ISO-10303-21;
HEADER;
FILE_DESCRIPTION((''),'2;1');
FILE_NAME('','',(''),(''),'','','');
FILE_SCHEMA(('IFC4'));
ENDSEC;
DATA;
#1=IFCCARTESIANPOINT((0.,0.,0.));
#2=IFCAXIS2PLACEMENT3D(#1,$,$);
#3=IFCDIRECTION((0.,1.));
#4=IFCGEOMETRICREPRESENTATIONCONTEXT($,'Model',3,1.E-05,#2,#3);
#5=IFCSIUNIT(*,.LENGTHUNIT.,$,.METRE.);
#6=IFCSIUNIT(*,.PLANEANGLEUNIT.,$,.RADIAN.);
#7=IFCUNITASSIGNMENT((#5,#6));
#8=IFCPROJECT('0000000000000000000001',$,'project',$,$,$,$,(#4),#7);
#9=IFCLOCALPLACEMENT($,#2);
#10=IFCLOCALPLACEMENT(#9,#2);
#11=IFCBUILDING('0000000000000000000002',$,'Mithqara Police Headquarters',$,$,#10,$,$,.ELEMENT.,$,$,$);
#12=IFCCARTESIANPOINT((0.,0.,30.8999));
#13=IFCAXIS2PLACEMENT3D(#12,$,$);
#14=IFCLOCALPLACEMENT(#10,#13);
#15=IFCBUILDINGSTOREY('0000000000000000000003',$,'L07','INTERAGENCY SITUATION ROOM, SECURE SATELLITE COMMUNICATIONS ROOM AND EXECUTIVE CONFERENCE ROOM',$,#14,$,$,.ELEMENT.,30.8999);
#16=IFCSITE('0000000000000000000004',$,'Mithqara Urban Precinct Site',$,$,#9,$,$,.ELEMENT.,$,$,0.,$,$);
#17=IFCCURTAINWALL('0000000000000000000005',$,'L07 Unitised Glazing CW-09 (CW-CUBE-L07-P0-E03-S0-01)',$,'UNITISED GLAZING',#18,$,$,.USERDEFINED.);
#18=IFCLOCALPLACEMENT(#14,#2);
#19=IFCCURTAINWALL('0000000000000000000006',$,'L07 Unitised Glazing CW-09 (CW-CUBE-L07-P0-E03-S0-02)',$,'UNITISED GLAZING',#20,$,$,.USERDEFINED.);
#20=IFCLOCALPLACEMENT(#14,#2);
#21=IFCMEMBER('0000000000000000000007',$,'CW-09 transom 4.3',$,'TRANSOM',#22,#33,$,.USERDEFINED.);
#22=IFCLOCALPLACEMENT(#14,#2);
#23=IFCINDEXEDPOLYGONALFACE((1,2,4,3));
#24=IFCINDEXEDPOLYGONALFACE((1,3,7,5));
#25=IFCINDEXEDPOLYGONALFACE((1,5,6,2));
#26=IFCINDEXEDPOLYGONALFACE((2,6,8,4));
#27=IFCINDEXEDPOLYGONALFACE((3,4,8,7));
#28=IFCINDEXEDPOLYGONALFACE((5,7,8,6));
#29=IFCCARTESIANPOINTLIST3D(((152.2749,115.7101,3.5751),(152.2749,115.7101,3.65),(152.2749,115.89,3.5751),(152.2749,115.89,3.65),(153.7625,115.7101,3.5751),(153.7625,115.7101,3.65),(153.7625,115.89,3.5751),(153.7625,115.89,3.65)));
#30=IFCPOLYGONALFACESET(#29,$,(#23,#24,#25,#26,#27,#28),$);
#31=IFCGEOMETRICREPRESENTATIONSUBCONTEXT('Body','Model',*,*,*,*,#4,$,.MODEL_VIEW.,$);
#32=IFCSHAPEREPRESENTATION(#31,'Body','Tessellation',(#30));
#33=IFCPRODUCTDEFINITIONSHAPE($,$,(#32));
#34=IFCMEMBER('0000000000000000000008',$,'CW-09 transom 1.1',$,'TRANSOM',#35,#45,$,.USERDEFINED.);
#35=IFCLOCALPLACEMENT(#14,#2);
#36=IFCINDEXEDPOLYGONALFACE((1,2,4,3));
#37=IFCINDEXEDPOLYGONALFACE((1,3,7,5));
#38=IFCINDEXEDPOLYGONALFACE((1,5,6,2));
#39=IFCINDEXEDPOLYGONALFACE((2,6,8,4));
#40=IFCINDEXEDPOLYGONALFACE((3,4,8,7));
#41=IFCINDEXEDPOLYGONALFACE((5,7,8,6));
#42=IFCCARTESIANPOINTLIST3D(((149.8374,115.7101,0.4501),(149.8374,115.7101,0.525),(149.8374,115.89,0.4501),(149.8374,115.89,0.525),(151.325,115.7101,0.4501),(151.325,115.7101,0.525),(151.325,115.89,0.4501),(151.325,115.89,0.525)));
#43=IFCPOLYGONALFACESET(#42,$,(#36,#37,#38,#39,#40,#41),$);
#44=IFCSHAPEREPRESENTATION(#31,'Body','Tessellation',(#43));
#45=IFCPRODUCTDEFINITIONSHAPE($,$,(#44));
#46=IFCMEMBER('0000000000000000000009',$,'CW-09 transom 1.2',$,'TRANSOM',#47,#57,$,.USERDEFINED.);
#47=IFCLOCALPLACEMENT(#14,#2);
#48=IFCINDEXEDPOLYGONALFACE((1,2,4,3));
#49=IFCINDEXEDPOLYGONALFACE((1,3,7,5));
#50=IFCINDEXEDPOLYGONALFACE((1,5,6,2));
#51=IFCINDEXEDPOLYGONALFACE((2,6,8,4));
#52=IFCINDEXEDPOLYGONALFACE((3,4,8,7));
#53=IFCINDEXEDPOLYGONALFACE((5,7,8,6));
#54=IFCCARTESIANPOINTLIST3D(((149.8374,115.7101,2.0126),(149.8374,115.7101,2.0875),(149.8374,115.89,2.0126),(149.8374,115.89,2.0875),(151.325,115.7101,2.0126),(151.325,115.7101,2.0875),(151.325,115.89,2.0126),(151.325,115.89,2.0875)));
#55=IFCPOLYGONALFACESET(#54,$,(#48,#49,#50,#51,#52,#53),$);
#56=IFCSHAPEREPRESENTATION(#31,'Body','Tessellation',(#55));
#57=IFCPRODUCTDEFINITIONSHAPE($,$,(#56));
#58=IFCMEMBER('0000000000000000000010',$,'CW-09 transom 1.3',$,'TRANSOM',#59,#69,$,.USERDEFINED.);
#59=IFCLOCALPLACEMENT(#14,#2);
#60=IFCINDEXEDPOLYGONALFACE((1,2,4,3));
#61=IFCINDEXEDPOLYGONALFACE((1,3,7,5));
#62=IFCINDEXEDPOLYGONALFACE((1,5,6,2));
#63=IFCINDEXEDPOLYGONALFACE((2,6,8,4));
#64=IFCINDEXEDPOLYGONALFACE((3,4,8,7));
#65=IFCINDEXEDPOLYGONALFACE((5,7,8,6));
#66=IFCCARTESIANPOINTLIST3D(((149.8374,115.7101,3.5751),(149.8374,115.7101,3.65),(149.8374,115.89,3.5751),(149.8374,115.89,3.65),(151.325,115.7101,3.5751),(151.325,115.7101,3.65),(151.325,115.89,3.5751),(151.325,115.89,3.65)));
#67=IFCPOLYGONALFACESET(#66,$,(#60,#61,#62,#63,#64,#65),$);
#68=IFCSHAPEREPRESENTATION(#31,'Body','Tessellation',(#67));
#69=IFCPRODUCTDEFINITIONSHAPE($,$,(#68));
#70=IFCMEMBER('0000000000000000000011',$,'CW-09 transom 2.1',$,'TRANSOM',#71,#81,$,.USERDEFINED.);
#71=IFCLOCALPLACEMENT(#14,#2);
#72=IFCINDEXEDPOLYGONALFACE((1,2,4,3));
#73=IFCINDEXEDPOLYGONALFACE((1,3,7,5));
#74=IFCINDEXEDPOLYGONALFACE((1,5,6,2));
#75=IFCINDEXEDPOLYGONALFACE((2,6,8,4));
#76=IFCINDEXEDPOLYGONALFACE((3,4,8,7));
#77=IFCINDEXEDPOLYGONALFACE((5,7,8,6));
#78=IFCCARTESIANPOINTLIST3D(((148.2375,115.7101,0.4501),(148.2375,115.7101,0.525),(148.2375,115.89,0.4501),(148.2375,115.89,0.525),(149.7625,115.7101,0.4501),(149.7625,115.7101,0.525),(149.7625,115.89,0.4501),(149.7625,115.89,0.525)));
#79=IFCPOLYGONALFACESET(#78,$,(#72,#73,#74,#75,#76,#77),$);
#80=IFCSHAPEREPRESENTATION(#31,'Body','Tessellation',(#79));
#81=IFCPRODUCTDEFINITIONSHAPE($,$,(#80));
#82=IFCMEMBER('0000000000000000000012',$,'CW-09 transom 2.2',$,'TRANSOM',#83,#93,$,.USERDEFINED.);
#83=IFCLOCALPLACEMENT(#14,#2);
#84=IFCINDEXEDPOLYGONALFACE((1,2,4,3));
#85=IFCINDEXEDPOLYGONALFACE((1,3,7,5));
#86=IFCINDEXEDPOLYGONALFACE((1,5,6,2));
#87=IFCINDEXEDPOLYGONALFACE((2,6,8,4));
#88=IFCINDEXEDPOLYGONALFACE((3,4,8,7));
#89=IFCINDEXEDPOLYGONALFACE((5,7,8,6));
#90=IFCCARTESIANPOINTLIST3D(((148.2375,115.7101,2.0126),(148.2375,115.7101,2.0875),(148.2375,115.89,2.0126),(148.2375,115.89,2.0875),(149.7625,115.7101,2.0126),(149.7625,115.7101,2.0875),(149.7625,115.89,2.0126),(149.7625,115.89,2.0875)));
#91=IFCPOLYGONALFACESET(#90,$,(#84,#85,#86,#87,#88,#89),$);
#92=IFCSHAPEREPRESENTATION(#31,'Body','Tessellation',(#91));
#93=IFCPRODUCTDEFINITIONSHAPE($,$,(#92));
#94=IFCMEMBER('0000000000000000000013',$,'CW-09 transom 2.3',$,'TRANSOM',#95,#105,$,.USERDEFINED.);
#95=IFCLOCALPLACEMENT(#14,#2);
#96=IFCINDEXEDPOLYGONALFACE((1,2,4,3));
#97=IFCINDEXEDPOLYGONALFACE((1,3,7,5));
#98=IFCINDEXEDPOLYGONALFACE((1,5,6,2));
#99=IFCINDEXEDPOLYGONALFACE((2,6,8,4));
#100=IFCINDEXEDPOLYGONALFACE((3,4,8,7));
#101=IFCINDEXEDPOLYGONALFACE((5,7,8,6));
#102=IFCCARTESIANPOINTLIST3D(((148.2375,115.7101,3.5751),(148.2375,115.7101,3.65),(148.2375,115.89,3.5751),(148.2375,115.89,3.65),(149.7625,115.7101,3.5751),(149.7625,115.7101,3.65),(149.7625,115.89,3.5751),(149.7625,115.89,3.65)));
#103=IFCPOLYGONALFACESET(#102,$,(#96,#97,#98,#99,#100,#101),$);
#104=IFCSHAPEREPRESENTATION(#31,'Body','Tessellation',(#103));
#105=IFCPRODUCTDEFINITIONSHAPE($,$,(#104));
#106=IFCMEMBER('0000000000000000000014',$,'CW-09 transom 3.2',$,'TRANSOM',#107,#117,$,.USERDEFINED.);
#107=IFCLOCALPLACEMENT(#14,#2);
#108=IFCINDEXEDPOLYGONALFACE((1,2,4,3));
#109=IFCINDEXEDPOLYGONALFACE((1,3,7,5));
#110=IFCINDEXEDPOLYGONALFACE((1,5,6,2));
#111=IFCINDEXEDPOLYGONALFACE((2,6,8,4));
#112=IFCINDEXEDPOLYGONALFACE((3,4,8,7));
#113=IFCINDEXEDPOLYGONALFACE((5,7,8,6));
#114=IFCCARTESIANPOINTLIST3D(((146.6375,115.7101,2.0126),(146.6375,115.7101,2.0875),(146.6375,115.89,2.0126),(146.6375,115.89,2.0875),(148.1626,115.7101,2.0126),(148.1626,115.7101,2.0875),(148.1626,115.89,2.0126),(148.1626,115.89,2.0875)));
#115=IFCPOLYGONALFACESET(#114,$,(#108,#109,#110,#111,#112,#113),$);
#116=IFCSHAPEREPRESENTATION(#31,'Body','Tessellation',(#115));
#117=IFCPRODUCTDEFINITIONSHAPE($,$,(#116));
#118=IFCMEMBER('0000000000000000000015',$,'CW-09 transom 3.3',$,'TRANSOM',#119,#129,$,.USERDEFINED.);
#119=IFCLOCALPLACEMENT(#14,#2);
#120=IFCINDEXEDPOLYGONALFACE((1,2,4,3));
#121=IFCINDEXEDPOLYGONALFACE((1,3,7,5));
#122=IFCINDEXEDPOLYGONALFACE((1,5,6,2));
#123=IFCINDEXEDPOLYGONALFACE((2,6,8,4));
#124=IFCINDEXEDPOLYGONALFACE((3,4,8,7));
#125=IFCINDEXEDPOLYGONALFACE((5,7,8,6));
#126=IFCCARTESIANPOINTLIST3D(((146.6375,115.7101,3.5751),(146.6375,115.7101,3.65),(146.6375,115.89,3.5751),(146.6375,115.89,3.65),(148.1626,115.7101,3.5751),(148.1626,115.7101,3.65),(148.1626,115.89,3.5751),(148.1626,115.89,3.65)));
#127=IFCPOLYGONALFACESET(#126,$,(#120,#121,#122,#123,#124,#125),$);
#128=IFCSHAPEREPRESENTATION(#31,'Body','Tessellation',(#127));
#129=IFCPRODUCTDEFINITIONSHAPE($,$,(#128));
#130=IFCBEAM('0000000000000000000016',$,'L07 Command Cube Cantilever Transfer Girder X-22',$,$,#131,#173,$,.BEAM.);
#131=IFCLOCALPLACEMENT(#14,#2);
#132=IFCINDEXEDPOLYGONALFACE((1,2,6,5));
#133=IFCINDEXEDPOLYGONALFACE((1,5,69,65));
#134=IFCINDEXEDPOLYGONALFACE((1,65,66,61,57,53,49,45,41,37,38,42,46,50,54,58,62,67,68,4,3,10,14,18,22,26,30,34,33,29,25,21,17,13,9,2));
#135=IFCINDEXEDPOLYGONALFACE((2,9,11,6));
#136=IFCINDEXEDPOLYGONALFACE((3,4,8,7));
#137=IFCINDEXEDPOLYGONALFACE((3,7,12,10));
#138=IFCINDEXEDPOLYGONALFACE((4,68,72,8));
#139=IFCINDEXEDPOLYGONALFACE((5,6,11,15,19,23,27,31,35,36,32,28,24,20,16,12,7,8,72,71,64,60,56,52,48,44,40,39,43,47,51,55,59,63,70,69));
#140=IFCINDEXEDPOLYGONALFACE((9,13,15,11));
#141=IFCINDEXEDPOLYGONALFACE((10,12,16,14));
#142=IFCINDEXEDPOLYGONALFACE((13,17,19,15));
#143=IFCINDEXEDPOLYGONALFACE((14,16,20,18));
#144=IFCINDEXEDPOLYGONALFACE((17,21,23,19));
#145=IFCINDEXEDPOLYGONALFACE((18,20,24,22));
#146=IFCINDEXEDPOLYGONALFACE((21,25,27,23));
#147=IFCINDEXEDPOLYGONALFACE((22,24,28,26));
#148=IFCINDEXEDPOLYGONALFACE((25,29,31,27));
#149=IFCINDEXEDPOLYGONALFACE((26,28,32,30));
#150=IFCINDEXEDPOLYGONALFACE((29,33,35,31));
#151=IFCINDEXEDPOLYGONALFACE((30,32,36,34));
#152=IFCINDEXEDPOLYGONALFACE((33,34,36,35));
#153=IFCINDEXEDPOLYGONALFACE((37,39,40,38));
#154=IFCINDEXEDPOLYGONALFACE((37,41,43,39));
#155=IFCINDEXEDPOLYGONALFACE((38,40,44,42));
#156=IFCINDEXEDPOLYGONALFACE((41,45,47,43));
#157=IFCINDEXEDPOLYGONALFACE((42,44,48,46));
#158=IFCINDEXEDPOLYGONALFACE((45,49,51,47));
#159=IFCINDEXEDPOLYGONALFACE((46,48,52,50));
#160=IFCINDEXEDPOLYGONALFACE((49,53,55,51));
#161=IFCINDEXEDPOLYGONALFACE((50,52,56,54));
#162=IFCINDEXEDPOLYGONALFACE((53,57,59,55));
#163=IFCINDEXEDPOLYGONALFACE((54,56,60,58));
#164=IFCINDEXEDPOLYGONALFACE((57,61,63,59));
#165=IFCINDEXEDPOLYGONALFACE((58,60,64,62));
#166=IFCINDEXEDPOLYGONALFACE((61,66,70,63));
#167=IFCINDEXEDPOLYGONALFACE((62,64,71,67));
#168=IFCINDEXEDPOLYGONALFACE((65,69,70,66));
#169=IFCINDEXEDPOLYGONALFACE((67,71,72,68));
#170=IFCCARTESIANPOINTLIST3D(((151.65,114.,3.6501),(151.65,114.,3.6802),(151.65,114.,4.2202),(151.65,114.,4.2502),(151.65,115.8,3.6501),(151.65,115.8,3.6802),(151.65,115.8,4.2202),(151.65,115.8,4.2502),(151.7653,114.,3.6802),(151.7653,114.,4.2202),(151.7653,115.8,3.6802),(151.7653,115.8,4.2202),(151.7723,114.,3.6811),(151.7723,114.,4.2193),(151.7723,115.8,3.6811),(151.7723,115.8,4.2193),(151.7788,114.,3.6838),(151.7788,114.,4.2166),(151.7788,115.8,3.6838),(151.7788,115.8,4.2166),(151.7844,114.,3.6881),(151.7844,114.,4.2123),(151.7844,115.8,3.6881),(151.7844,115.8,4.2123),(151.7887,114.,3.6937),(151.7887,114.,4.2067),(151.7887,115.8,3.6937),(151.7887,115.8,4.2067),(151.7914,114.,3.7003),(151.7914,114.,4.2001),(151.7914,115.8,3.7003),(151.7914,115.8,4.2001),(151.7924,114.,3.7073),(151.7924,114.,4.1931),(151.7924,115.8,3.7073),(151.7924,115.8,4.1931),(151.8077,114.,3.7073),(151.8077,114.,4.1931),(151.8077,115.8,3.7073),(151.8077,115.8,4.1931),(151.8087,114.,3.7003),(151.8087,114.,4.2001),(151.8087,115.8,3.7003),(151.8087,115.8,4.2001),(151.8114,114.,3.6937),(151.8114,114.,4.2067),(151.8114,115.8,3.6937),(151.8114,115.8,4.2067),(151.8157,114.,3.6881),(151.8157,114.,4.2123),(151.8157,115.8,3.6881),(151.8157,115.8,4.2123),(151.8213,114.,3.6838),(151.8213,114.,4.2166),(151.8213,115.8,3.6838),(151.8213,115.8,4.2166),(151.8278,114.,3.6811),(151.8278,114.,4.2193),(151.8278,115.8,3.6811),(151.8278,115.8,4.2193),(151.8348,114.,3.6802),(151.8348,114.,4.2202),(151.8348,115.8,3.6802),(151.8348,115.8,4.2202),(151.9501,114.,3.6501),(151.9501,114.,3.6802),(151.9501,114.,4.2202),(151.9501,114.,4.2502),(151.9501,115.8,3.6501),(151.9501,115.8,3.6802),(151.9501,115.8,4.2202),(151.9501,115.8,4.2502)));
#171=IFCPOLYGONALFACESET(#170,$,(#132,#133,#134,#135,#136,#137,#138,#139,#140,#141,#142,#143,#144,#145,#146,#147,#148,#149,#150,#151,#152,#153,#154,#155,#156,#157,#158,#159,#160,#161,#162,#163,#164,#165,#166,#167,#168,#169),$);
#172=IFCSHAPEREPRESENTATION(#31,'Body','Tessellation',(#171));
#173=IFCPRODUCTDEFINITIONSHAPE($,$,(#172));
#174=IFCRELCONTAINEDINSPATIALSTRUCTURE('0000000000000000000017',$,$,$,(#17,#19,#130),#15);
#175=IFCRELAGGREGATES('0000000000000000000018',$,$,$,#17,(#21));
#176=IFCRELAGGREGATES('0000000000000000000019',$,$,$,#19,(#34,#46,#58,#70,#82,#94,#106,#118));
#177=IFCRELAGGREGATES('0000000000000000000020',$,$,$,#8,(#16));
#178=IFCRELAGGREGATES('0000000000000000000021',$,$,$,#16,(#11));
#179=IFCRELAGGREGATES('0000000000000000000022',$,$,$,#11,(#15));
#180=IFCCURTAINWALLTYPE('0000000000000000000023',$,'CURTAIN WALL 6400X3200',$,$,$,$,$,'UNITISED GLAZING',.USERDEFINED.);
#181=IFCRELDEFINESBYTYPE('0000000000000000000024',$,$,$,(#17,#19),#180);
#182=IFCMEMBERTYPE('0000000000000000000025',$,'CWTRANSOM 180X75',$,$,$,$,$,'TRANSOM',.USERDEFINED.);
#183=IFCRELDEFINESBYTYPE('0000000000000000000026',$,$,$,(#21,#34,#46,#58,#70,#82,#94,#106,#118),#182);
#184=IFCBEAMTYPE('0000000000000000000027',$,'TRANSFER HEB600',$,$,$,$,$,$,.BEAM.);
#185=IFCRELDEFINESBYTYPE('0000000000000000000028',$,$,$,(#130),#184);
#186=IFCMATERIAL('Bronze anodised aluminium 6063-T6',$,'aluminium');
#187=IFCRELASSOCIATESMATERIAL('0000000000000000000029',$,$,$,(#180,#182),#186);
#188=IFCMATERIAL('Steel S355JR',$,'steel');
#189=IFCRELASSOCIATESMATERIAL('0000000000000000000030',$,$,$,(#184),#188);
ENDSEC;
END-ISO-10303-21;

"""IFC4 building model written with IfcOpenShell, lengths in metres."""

from ifc_helpers import new_model, si_unit, direction, frame, origin, origin_2d, place, context, subcontext, project, spatial, rectangle, i_section, extrude, material, material_profile, profile_set, type_object, element, aggregate, save


model = new_model("IFC4")

# Units and contexts
model_context = context("Model", 3, precision=1e-05, world=origin(), true_north=direction((0.0, 1.0)))
body_context = subcontext(model_context, "Body", "Model", "MODEL_VIEW")
ifc_project = project(units=[si_unit("LENGTHUNIT", "METRE"), si_unit("PLANEANGLEUNIT", "RADIAN")], contexts=[model_context])

# Site, building, storey
site_placement = place(None, origin())
site = spatial("IfcSite", under=ifc_project, at=site_placement, Name="Mithqara Urban Precinct Site", CompositionType="ELEMENT", RefElevation=0.0)
building_placement = place(site_placement, origin())
building = spatial("IfcBuilding", under=site, at=building_placement, Name="Mithqara Police Headquarters", CompositionType="ELEMENT")
storey_placement = place(building_placement, frame((0.0, 0.0, 30.8999)))
storey = spatial("IfcBuildingStorey", under=building, at=storey_placement, Name="L07", Description="INTERAGENCY SITUATION ROOM, SECURE SATELLITE COMMUNICATIONS ROOM AND EXECUTIVE CONFERENCE ROOM", CompositionType="ELEMENT", Elevation=30.8999)

# Shared definitions
ifc_material_1 = material(Name="Steel S355JR", Category="steel")

# Curtain walls
ifc_material_2 = material(Name="Bronze anodised aluminium 6063-T6", Category="aluminium")
curtain_wall_type = type_object("IfcCurtainWallType", Name="CURTAIN WALL 6400X3200", ElementType="UNITISED GLAZING", PredefinedType="USERDEFINED", material=ifc_material_2)
curtain_wall_1_placement = place(storey_placement, origin())
curtain_wall_1 = element("IfcCurtainWall", 1, at=curtain_wall_1_placement, inside=storey, type_object=curtain_wall_type, Name="L07 Unitised Glazing CW-09 (CW-CUBE-L07-P0-E03-S0-01)", ObjectType="UNITISED GLAZING", PredefinedType="USERDEFINED")
curtain_wall_2_placement = place(storey_placement, origin())
curtain_wall_2 = element("IfcCurtainWall", 2, at=curtain_wall_2_placement, inside=storey, type_object=curtain_wall_type, Name="L07 Unitised Glazing CW-09 (CW-CUBE-L07-P0-E03-S0-02)", ObjectType="UNITISED GLAZING", PredefinedType="USERDEFINED")

# Members
ifc_material_profile_1 = material_profile(ifc_material_2, rectangle(XDim=0.1799, YDim=0.075, at=origin_2d()), Name="CWT 180x75")
ifc_profile_set_1 = profile_set([ifc_material_profile_1], Name="Bronze anodised aluminium 6063-T6")
member_type_1 = type_object("IfcMemberType", Name="CWTRANSOM 180X75", ElementType="TRANSOM", PredefinedType="USERDEFINED", material=ifc_profile_set_1)
member_1_placement = place(storey_placement, frame((153.7625, 115.8, 3.6125), z_axis=(-1.0, 0.0, 0.0), x_axis=(0.0, -1.0, 0.0)))
member_1 = element("IfcMember", 3, at=member_1_placement, type_object=member_type_1, Name="CW-09 transom 4.3", ObjectType="TRANSOM", PredefinedType="USERDEFINED", context=body_context, shape_type="SweptSolid", body=[
    extrude(rectangle(XDim=0.1799, YDim=0.075, at=origin_2d()), origin(), (0.0, 0.0, 1.0), 1.4875),
])
member_2_placement = place(storey_placement, frame((151.325, 115.8, 0.4875), z_axis=(-1.0, 0.0, 0.0), x_axis=(0.0, -1.0, 0.0)))
member_2 = element("IfcMember", 4, at=member_2_placement, type_object=member_type_1, Name="CW-09 transom 1.1", ObjectType="TRANSOM", PredefinedType="USERDEFINED", context=body_context, shape_type="SweptSolid", body=[
    extrude(rectangle(XDim=0.1799, YDim=0.075, at=origin_2d()), origin(), (0.0, 0.0, 1.0), 1.4875),
])
member_3_placement = place(storey_placement, frame((151.325, 115.8, 2.05), z_axis=(-1.0, 0.0, 0.0), x_axis=(0.0, -1.0, 0.0)))
member_3 = element("IfcMember", 5, at=member_3_placement, type_object=member_type_1, Name="CW-09 transom 1.2", ObjectType="TRANSOM", PredefinedType="USERDEFINED", context=body_context, shape_type="SweptSolid", body=[
    extrude(rectangle(XDim=0.1799, YDim=0.075, at=origin_2d()), origin(), (0.0, 0.0, 1.0), 1.4875),
])
member_4_placement = place(storey_placement, frame((151.325, 115.8, 3.6125), z_axis=(-1.0, 0.0, 0.0), x_axis=(0.0, -1.0, 0.0)))
member_4 = element("IfcMember", 6, at=member_4_placement, type_object=member_type_1, Name="CW-09 transom 1.3", ObjectType="TRANSOM", PredefinedType="USERDEFINED", context=body_context, shape_type="SweptSolid", body=[
    extrude(rectangle(XDim=0.1799, YDim=0.075, at=origin_2d()), origin(), (0.0, 0.0, 1.0), 1.4875),
])
member_5_placement = place(storey_placement, frame((149.7625, 115.8, 0.4875), z_axis=(-1.0, 0.0, 0.0), x_axis=(0.0, -1.0, 0.0)))
member_5 = element("IfcMember", 7, at=member_5_placement, type_object=member_type_1, Name="CW-09 transom 2.1", ObjectType="TRANSOM", PredefinedType="USERDEFINED", context=body_context, shape_type="SweptSolid", body=[
    extrude(rectangle(XDim=0.1799, YDim=0.075, at=origin_2d()), origin(), (0.0, 0.0, 1.0), 1.5249),
])
member_6_placement = place(storey_placement, frame((149.7625, 115.8, 2.05), z_axis=(-1.0, 0.0, 0.0), x_axis=(0.0, -1.0, 0.0)))
member_6 = element("IfcMember", 8, at=member_6_placement, type_object=member_type_1, Name="CW-09 transom 2.2", ObjectType="TRANSOM", PredefinedType="USERDEFINED", context=body_context, shape_type="SweptSolid", body=[
    extrude(rectangle(XDim=0.1799, YDim=0.075, at=origin_2d()), origin(), (0.0, 0.0, 1.0), 1.5249),
])
member_7_placement = place(storey_placement, frame((149.7625, 115.8, 3.6125), z_axis=(-1.0, 0.0, 0.0), x_axis=(0.0, -1.0, 0.0)))
member_7 = element("IfcMember", 9, at=member_7_placement, type_object=member_type_1, Name="CW-09 transom 2.3", ObjectType="TRANSOM", PredefinedType="USERDEFINED", context=body_context, shape_type="SweptSolid", body=[
    extrude(rectangle(XDim=0.1799, YDim=0.075, at=origin_2d()), origin(), (0.0, 0.0, 1.0), 1.5249),
])
member_8_placement = place(storey_placement, frame((148.1626, 115.8, 2.05), z_axis=(-1.0, 0.0, 0.0), x_axis=(0.0, -1.0, 0.0)))
member_8 = element("IfcMember", 10, at=member_8_placement, type_object=member_type_1, Name="CW-09 transom 3.2", ObjectType="TRANSOM", PredefinedType="USERDEFINED", context=body_context, shape_type="SweptSolid", body=[
    extrude(rectangle(XDim=0.1799, YDim=0.075, at=origin_2d()), origin(), (0.0, 0.0, 1.0), 1.5251),
])
member_9_placement = place(storey_placement, frame((148.1626, 115.8, 3.6125), z_axis=(-1.0, 0.0, 0.0), x_axis=(0.0, -1.0, 0.0)))
member_9 = element("IfcMember", 11, at=member_9_placement, type_object=member_type_1, Name="CW-09 transom 3.3", ObjectType="TRANSOM", PredefinedType="USERDEFINED", context=body_context, shape_type="SweptSolid", body=[
    extrude(rectangle(XDim=0.1799, YDim=0.075, at=origin_2d()), origin(), (0.0, 0.0, 1.0), 1.5251),
])

# Beam
ifc_material_profile_2 = material_profile(ifc_material_1, i_section(OverallWidth=0.3, OverallDepth=0.6001, WebThickness=0.0154, FlangeThickness=0.03, FilletRadius=0.0271, at=origin_2d()), Name="HEB 600")
ifc_profile_set_2 = profile_set([ifc_material_profile_2], Name="Steel S355JR")
beam_type = type_object("IfcBeamType", Name="TRANSFER HEB600", PredefinedType="BEAM", material=ifc_profile_set_2)
beam_1_placement = place(storey_placement, frame((151.8, 114.0, 3.9502), z_axis=(0.0, 1.0, 0.0), x_axis=(-1.0, 0.0, 0.0)))
element("IfcBeam", 12, at=beam_1_placement, inside=storey, type_object=beam_type, Name="L07 Command Cube Cantilever Transfer Girder X-22", PredefinedType="BEAM", context=body_context, shape_type="SweptSolid", body=[
    extrude(i_section(OverallWidth=0.3, OverallDepth=0.6001, WebThickness=0.0154, FlangeThickness=0.03, FilletRadius=0.0271, at=origin_2d()), origin(), (0.0, 0.0, 1.0), 1.8),
])

aggregate(curtain_wall_1, [member_1])
aggregate(curtain_wall_2, [member_2, member_3, member_4, member_5, member_6, member_7, member_8, member_9])

save(model, "model.ifc")
